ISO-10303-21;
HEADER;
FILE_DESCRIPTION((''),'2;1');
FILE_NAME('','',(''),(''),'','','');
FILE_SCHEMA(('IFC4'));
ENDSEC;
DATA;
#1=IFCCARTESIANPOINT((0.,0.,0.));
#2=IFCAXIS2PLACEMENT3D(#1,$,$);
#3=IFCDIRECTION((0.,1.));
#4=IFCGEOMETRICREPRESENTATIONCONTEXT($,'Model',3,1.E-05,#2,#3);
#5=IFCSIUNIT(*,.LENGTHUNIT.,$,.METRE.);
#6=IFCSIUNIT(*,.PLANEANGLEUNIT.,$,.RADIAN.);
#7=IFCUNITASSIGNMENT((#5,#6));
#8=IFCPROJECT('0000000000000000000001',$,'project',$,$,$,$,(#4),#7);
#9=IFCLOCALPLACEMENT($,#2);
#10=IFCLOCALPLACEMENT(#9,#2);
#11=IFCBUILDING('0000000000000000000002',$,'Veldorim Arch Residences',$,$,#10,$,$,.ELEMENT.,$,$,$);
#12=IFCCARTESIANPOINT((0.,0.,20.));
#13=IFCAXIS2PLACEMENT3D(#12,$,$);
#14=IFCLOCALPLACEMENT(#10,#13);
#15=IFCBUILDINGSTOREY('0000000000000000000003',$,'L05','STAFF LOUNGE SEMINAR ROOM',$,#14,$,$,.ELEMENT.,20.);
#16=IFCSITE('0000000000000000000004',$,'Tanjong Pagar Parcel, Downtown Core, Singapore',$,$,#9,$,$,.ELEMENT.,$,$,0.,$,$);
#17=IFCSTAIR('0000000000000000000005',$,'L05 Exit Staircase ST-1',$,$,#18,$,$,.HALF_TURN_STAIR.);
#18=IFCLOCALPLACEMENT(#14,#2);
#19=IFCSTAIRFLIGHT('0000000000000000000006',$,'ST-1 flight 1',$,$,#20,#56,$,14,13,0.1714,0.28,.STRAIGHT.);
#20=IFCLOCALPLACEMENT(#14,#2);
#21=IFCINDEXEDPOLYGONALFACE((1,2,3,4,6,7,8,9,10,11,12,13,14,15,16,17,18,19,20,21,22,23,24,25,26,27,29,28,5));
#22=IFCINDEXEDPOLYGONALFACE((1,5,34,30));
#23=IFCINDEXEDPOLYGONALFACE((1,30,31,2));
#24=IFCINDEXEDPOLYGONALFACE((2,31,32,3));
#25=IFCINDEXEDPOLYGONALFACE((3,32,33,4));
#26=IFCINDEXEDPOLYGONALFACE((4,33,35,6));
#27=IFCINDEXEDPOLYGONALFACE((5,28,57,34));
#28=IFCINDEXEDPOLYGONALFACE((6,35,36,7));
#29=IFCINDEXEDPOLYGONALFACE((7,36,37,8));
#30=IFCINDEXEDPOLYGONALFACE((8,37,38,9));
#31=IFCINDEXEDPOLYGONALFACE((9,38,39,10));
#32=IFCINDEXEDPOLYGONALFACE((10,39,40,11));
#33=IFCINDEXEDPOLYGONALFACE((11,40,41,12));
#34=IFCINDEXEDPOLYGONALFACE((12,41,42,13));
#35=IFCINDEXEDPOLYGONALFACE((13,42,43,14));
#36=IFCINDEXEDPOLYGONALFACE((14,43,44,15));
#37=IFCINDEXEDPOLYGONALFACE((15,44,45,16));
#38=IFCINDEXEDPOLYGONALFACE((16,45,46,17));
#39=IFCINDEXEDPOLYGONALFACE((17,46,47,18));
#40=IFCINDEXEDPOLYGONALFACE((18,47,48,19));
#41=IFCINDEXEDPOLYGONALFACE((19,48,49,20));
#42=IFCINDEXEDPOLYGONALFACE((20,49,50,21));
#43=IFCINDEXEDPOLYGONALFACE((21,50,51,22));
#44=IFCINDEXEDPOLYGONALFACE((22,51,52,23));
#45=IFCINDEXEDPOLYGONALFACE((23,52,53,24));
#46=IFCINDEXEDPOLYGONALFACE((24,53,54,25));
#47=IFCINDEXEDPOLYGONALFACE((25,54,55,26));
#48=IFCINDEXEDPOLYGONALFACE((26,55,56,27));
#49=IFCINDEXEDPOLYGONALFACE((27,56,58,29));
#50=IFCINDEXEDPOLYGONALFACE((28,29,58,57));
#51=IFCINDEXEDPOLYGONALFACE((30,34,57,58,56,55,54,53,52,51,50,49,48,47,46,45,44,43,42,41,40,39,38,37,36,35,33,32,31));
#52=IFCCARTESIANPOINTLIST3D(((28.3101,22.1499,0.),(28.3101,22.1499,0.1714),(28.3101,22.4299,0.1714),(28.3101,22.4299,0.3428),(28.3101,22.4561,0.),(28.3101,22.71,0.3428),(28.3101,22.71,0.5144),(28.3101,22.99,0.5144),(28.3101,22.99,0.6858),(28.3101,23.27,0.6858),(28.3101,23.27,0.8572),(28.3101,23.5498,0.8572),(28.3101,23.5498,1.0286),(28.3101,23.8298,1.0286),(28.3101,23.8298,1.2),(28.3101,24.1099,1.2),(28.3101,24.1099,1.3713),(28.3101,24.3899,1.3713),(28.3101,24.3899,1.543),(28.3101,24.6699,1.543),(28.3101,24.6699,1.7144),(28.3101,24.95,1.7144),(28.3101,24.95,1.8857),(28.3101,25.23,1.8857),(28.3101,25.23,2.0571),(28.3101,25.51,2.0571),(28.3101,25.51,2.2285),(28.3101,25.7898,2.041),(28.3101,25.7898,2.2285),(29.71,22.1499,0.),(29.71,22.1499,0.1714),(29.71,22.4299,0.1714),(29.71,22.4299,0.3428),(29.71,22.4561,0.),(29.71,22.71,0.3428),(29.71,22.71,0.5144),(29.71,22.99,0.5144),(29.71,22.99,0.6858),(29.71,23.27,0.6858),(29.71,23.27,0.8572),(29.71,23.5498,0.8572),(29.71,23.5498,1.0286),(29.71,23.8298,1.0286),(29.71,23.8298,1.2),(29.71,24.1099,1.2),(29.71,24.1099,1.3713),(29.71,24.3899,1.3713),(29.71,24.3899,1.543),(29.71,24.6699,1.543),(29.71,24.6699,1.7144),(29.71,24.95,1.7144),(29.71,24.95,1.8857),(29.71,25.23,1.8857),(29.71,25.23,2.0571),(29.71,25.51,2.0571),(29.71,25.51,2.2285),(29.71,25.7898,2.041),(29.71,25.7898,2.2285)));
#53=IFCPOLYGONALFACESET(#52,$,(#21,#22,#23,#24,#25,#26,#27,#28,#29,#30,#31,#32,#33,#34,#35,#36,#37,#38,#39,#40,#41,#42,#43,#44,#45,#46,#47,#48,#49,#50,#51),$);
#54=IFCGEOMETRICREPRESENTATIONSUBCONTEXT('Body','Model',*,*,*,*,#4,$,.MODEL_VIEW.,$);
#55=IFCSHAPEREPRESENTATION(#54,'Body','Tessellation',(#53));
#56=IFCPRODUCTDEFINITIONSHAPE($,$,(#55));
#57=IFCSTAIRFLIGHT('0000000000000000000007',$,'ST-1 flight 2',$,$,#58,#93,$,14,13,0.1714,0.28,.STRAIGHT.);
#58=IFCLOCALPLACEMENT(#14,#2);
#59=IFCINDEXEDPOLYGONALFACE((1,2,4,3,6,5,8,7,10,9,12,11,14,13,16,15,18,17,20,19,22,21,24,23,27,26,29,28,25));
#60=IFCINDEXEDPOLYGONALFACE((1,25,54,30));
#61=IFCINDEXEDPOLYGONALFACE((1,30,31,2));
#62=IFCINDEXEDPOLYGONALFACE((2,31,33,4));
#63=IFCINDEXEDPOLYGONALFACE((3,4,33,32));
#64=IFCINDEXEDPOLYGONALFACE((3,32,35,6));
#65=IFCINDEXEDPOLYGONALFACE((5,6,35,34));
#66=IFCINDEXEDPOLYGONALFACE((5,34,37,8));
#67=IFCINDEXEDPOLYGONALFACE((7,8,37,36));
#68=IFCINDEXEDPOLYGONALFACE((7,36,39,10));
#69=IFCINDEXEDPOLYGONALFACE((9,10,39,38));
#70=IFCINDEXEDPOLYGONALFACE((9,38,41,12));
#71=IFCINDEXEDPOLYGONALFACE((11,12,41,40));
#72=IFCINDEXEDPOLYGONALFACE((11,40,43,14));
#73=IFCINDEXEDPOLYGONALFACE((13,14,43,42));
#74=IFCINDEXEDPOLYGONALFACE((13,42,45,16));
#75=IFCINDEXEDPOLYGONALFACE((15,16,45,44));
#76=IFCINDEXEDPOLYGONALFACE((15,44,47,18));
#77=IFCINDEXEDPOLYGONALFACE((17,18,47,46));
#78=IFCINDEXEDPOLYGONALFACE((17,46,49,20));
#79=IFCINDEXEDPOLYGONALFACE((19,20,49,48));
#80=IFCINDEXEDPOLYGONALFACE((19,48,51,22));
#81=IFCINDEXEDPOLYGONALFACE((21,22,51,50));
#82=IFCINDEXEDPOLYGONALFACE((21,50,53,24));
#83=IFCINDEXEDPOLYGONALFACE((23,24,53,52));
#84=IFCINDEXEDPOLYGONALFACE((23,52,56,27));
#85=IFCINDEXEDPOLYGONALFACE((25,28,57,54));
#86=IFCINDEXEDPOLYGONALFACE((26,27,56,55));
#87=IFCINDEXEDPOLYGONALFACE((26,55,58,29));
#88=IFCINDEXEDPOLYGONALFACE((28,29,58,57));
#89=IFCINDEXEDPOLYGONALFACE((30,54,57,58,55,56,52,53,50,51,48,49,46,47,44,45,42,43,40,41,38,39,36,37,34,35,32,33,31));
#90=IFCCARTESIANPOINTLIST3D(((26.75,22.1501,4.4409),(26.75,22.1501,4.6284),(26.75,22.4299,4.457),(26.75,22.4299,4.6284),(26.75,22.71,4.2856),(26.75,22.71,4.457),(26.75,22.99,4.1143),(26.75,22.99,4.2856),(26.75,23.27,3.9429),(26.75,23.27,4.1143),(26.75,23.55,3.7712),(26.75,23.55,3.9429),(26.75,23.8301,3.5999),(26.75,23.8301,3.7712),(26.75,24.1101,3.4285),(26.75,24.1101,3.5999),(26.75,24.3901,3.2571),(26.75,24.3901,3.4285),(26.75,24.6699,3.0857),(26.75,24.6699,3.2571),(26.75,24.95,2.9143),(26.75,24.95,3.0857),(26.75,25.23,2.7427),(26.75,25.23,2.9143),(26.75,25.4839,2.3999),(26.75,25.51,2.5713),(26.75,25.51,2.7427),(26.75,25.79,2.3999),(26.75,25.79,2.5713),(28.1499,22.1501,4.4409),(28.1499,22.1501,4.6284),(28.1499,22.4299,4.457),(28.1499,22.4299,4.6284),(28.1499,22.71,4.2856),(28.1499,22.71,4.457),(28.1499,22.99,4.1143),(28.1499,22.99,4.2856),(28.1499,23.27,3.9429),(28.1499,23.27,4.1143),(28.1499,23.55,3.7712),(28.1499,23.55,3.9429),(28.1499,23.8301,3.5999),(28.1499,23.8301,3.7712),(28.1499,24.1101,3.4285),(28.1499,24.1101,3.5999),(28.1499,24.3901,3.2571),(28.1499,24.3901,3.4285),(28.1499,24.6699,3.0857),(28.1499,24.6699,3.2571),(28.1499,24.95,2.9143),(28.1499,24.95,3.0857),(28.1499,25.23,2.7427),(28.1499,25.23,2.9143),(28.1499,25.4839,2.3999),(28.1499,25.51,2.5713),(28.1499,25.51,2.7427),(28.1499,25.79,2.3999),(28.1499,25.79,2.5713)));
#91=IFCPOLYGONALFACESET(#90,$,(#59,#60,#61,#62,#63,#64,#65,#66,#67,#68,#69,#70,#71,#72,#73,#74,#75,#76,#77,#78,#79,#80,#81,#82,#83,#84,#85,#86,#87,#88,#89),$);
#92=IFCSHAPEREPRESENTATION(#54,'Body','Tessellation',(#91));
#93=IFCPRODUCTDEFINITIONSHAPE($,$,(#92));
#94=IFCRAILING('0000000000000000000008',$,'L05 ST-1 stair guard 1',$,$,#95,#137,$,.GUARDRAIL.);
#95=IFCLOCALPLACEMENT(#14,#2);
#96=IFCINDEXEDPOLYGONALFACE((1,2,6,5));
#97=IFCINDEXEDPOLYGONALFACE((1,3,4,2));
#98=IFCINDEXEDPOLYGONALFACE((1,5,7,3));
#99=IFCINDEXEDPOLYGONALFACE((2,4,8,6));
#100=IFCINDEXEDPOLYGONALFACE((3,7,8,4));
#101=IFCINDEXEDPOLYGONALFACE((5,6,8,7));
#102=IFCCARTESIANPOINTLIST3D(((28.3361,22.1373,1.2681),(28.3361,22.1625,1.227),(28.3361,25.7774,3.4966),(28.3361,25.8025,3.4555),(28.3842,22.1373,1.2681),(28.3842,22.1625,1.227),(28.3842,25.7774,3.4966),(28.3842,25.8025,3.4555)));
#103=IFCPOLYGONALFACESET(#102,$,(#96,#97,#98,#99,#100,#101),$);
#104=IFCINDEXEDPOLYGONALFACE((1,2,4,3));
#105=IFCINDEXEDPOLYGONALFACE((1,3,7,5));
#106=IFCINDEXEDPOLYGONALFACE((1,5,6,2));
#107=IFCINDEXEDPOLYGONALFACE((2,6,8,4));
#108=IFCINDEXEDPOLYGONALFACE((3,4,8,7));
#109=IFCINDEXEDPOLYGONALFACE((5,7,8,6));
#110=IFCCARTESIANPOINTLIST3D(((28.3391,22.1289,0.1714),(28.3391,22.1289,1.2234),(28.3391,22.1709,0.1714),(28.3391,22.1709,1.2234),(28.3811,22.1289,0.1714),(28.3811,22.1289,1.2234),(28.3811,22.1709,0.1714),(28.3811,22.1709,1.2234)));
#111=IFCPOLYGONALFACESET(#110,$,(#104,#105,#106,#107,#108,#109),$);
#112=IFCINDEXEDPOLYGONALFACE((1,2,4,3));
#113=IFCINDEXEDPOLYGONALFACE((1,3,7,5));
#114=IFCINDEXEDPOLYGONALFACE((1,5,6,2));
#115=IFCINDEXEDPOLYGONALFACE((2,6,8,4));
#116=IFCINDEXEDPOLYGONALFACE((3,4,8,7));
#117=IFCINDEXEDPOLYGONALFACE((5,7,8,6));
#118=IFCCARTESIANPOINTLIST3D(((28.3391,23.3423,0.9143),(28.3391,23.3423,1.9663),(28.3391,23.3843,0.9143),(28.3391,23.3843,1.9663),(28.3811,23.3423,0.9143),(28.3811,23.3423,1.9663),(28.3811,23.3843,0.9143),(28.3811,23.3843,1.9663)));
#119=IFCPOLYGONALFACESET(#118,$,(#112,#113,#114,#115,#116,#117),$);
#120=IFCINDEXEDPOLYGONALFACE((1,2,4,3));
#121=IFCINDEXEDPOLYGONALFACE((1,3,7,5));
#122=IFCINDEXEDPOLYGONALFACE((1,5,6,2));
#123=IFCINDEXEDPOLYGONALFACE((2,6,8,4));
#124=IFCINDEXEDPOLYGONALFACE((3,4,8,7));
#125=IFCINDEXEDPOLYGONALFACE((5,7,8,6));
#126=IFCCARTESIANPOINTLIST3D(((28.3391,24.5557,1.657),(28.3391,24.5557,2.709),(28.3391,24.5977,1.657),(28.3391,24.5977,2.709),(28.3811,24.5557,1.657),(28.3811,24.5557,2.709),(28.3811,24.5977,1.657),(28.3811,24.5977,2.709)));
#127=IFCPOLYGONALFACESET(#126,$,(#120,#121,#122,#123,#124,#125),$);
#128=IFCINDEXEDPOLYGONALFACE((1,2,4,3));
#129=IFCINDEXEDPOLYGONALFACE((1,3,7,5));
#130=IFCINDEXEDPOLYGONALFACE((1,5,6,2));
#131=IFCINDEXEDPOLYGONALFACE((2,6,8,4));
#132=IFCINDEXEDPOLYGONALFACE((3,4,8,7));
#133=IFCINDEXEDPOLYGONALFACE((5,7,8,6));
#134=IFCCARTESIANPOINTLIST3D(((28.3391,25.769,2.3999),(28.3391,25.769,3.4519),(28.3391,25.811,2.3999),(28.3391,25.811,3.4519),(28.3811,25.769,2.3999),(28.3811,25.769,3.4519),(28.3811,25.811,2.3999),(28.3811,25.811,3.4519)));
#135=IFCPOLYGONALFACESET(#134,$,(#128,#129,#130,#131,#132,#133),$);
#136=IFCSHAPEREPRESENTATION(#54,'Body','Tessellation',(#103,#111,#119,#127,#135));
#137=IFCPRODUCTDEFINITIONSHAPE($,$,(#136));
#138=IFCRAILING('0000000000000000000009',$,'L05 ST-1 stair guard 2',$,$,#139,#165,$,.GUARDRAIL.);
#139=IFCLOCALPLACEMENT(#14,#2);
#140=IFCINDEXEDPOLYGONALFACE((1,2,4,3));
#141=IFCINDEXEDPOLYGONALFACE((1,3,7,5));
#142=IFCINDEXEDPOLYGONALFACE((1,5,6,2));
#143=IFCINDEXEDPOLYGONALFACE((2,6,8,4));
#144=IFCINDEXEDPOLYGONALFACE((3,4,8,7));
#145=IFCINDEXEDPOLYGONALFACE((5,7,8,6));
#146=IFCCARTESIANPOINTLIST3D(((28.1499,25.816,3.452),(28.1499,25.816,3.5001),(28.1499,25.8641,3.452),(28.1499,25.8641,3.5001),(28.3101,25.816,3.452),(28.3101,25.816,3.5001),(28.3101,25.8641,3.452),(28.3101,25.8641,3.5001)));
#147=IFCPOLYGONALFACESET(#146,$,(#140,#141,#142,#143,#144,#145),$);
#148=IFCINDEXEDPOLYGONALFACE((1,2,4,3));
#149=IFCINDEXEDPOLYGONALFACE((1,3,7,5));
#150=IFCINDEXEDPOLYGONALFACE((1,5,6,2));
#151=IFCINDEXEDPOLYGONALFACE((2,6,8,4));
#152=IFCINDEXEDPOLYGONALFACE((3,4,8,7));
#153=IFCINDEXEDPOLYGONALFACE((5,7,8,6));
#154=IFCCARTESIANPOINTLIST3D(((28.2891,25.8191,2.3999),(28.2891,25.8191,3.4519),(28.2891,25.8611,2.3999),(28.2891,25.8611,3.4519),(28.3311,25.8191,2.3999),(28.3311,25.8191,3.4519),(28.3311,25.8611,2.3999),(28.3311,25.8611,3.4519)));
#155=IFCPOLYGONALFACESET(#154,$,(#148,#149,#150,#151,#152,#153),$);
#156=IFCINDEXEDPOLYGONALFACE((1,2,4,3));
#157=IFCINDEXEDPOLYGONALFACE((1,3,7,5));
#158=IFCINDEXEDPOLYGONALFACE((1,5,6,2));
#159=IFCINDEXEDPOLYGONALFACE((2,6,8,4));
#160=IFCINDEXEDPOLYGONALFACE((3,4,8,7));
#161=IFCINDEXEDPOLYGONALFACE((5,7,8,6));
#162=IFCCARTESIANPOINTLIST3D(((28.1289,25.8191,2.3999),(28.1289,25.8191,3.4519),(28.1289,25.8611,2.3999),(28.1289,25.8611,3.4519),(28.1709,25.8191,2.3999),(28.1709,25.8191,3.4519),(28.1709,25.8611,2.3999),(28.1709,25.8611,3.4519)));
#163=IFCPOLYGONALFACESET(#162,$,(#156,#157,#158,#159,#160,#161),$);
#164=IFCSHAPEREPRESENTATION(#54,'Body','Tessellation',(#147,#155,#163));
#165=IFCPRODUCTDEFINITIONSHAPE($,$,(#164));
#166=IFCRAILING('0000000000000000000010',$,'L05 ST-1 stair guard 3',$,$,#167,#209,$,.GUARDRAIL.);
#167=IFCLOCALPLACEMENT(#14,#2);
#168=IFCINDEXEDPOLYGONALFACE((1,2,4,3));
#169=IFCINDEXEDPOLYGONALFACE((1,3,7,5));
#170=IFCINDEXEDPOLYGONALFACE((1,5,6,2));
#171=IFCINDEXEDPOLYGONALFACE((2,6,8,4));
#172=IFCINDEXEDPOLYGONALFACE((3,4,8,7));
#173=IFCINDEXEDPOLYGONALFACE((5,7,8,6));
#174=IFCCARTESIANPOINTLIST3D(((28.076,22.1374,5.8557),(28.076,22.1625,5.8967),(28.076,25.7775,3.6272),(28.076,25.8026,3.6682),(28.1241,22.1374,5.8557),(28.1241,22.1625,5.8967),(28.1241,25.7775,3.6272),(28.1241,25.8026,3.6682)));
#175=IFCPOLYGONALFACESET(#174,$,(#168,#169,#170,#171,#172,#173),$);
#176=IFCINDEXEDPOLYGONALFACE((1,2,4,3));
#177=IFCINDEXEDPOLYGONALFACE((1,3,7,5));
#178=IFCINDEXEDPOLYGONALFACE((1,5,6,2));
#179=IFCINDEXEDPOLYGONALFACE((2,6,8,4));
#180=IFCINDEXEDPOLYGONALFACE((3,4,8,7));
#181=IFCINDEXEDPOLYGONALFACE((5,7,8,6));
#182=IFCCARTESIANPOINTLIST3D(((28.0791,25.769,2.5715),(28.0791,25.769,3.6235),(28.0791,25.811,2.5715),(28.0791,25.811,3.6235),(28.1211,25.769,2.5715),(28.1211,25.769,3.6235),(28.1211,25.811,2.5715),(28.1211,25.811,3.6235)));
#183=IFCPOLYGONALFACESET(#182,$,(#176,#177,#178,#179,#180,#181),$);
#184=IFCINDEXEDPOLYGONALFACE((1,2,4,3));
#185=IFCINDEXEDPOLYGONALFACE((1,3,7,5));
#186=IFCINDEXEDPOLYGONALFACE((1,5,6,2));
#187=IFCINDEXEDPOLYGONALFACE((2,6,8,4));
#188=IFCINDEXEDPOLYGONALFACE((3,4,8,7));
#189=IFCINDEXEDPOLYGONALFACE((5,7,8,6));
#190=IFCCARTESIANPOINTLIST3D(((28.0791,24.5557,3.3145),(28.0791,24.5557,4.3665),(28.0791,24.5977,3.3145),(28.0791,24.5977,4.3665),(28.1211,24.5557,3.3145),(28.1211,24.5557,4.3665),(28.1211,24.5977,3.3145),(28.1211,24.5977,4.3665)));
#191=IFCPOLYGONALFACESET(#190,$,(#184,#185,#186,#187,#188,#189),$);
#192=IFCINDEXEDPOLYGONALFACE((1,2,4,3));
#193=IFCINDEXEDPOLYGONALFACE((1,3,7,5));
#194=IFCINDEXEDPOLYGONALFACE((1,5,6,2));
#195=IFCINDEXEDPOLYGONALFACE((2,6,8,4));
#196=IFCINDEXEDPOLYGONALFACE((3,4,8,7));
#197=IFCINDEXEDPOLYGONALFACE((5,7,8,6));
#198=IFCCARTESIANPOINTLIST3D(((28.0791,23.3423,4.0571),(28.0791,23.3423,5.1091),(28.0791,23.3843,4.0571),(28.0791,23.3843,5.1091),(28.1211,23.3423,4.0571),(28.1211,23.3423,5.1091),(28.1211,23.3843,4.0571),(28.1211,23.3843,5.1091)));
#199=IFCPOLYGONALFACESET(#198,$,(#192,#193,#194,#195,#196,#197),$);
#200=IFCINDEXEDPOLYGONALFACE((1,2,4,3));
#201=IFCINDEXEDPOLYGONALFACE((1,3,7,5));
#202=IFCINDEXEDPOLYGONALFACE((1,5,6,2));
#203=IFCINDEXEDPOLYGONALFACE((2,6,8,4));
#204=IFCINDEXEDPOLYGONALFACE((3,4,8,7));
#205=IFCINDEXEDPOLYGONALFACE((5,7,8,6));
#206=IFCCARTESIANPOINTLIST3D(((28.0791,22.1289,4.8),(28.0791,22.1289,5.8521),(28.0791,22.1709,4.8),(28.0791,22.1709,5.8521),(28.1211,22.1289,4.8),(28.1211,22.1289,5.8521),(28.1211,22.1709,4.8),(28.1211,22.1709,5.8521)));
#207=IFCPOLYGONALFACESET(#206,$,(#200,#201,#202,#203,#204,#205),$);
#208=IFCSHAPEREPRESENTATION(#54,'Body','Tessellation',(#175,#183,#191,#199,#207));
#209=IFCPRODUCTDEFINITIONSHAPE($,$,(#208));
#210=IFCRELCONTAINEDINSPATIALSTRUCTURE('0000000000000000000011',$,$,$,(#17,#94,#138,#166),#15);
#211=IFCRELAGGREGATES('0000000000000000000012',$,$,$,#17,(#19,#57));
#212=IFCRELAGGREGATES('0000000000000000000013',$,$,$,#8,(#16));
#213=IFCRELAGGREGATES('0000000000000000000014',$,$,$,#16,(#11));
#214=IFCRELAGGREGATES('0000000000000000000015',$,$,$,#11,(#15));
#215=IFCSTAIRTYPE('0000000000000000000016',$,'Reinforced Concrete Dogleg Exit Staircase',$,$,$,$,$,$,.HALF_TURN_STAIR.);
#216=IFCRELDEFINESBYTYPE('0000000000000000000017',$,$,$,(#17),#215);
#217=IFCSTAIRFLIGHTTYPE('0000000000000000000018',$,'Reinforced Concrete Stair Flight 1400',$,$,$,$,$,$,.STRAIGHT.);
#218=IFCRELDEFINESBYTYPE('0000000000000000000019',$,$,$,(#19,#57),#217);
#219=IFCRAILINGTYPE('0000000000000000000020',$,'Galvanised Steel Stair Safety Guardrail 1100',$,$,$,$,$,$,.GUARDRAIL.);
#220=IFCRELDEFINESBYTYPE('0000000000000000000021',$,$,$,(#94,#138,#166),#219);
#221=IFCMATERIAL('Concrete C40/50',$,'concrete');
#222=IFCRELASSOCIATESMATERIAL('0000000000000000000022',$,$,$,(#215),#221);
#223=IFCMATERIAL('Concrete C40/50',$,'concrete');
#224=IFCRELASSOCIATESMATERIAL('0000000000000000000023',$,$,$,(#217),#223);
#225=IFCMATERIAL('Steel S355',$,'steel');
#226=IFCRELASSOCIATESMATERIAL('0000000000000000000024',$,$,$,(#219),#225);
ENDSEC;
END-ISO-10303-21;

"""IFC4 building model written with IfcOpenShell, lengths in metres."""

from ifc_helpers import new_model, si_unit, direction, frame, origin, origin_2d, place, context, subcontext, project, spatial, polyline, rectangle, outline, extrude, material, type_object, element, aggregate, save


model = new_model("IFC4")

# Units and contexts
model_context = context("Model", 3, precision=1e-05, world=origin(), true_north=direction((0.0, 1.0)))
body_context = subcontext(model_context, "Body", "Model", "MODEL_VIEW")
ifc_project = project(units=[si_unit("LENGTHUNIT", "METRE"), si_unit("PLANEANGLEUNIT", "RADIAN")], contexts=[model_context])

# Site, building, storey
site_placement = place(None, origin())
site = spatial("IfcSite", under=ifc_project, at=site_placement, Name="Tanjong Pagar Parcel, Downtown Core, Singapore", CompositionType="ELEMENT", RefElevation=0.0)
building_placement = place(site_placement, origin())
building = spatial("IfcBuilding", under=site, at=building_placement, Name="Veldorim Arch Residences", CompositionType="ELEMENT")
storey_placement = place(building_placement, frame((0.0, 0.0, 20.0)))
storey = spatial("IfcBuildingStorey", under=building, at=storey_placement, Name="L05", Description="STAFF LOUNGE SEMINAR ROOM", CompositionType="ELEMENT", Elevation=20.0)

# Stair, stair flights
ifc_material_1 = material(Name="Concrete C40/50", Category="concrete")
stair_type = type_object("IfcStairType", Name="Reinforced Concrete Dogleg Exit Staircase", PredefinedType="HALF_TURN_STAIR", material=ifc_material_1)
stair_placement = place(storey_placement, origin())
stair = element("IfcStair", 1, at=stair_placement, inside=storey, type_object=stair_type, Name="L05 Exit Staircase ST-1", PredefinedType="HALF_TURN_STAIR")
ifc_material_2 = material(Name="Concrete C40/50", Category="concrete")
stair_flight_type = type_object("IfcStairFlightType", Name="Reinforced Concrete Stair Flight 1400", PredefinedType="STRAIGHT", material=ifc_material_2)
stair_flight_1_placement = place(storey_placement, frame((29.01, 22.1499, 0.0), z_axis=(0.0, 0.0, 1.0), x_axis=(0.0, 1.0, 0.0)))
stair_flight_1 = element("IfcStairFlight", 2, at=stair_flight_1_placement, type_object=stair_flight_type, Name="ST-1 flight 1", NumberOfRisers=14, NumberOfTreads=13, PredefinedType="STRAIGHT", RiserHeight=0.1714, TreadLength=0.28, context=body_context, shape_type="SweptSolid", body=[
    extrude(outline(polyline([(0.0, 0.0), (0.0, 0.1714), (0.28, 0.1714), (0.28, 0.3428), (0.5601, 0.3428), (0.5601, 0.5144), (0.8401, 0.5144), (0.8401, 0.6858), (1.1201, 0.6858), (1.1201, 0.8572), (1.3999, 0.8572), (1.3999, 1.0286), (1.6799, 1.0286), (1.6799, 1.2), (1.96, 1.2), (1.96, 1.3713), (2.24, 1.3713), (2.24, 1.543), (2.52, 1.543), (2.52, 1.7144), (2.8, 1.7144), (2.8, 1.8857), (3.0801, 1.8857), (3.0801, 2.0571), (3.3601, 2.0571), (3.3601, 2.2285), (3.6399, 2.2285), (3.6399, 2.3999), (3.6399, 2.041), (0.3062, 0.0), (0.0, 0.0)])), frame((0.0, 0.7, 0.0), z_axis=(0.0, -1.0, 0.0), x_axis=(1.0, 0.0, 0.0)), (0.0, 0.0, 1.0), 1.3999),
])
stair_flight_2_placement = place(storey_placement, frame((27.45, 25.79, 2.3999), z_axis=(0.0, 0.0, 1.0), x_axis=(0.0, -1.0, 0.0)))
stair_flight_2 = element("IfcStairFlight", 3, at=stair_flight_2_placement, type_object=stair_flight_type, Name="ST-1 flight 2", NumberOfRisers=14, NumberOfTreads=13, PredefinedType="STRAIGHT", RiserHeight=0.1714, TreadLength=0.28, context=body_context, shape_type="SweptSolid", body=[
    extrude(outline(polyline([(0.0, 0.0), (0.0, 0.1714), (0.28, 0.1714), (0.28, 0.3428), (0.5601, 0.3428), (0.5601, 0.5144), (0.8401, 0.5144), (0.8401, 0.6858), (1.1201, 0.6858), (1.1201, 0.8572), (1.3999, 0.8572), (1.3999, 1.0286), (1.6799, 1.0286), (1.6799, 1.2), (1.96, 1.2), (1.96, 1.3713), (2.24, 1.3713), (2.24, 1.543), (2.52, 1.543), (2.52, 1.7144), (2.8, 1.7144), (2.8, 1.8857), (3.0801, 1.8857), (3.0801, 2.0571), (3.3601, 2.0571), (3.3601, 2.2285), (3.6399, 2.2285), (3.6399, 2.3999), (3.6399, 2.041), (0.3062, 0.0), (0.0, 0.0)])), frame((0.0, 0.7, 0.0), z_axis=(0.0, -1.0, 0.0), x_axis=(1.0, 0.0, 0.0)), (0.0, 0.0, 1.0), 1.3999),
])
aggregate(stair, [stair_flight_1, stair_flight_2])

# Railings
ifc_material_3 = material(Name="Steel S355", Category="steel")
railing_type_1 = type_object("IfcRailingType", Name="Galvanised Steel Stair Safety Guardrail 1100", PredefinedType="GUARDRAIL", material=ifc_material_3)
railing_1_placement = place(storey_placement, frame((28.3601, 22.1499, 0.1714)))
element("IfcRailing", 4, at=railing_1_placement, inside=storey, type_object=railing_type_1, Name="L05 ST-1 stair guard 1", PredefinedType="GUARDRAIL", context=body_context, shape_type="SweptSolid", body=[
    extrude(rectangle(XDim=0.0481, YDim=0.0481, at=origin_2d()), frame((0.0, 0.0, 1.0762), z_axis=(0.0, 0.852866, 0.52213), x_axis=(-1.0, 0.0, 0.0)), (0.0, 0.0, 1.0), 4.2681),
    extrude(rectangle(XDim=0.042, YDim=0.042, at=origin_2d()), origin(), (0.0, 0.0, 1.0), 1.052),
    extrude(rectangle(XDim=0.042, YDim=0.042, at=origin_2d()), frame((0.0, 1.2134, 0.7429)), (0.0, 0.0, 1.0), 1.052),
    extrude(rectangle(XDim=0.042, YDim=0.042, at=origin_2d()), frame((0.0, 2.4268, 1.4856)), (0.0, 0.0, 1.0), 1.052),
    extrude(rectangle(XDim=0.042, YDim=0.042, at=origin_2d()), frame((0.0, 3.6401, 2.2285)), (0.0, 0.0, 1.0), 1.052),
])
railing_2_placement = place(storey_placement, frame((28.3101, 25.8401, 2.3999)))
element("IfcRailing", 5, at=railing_2_placement, inside=storey, type_object=railing_type_1, Name="L05 ST-1 stair guard 2", PredefinedType="GUARDRAIL", context=body_context, shape_type="SweptSolid", body=[
    extrude(rectangle(XDim=0.0481, YDim=0.0481, at=origin_2d()), frame((0.0, 0.0, 1.0762), z_axis=(-1.0, 0.0, 0.0), x_axis=(0.0, -1.0, 0.0)), (0.0, 0.0, 1.0), 0.1602),
    extrude(rectangle(XDim=0.042, YDim=0.042, at=origin_2d()), origin(), (0.0, 0.0, 1.0), 1.052),
    extrude(rectangle(XDim=0.042, YDim=0.042, at=origin_2d()), frame((-0.1602, 0.0, 0.0)), (0.0, 0.0, 1.0), 1.052),
])
railing_3_placement = place(storey_placement, frame((28.1001, 25.79, 2.5715)))
element("IfcRailing", 6, at=railing_3_placement, inside=storey, type_object=railing_type_1, Name="L05 ST-1 stair guard 3", PredefinedType="GUARDRAIL", context=body_context, shape_type="SweptSolid", body=[
    extrude(rectangle(XDim=0.0481, YDim=0.0481, at=origin_2d()), frame((0.0, 0.0, 1.0762), z_axis=(0.0, -0.852866, 0.52213), x_axis=(1.0, 0.0, 0.0)), (0.0, 0.0, 1.0), 4.2681),
    extrude(rectangle(XDim=0.042, YDim=0.042, at=origin_2d()), origin(), (0.0, 0.0, 1.0), 1.052),
    extrude(rectangle(XDim=0.042, YDim=0.042, at=origin_2d()), frame((0.0, -1.2134, 0.7429)), (0.0, 0.0, 1.0), 1.052),
    extrude(rectangle(XDim=0.042, YDim=0.042, at=origin_2d()), frame((0.0, -2.4268, 1.4856)), (0.0, 0.0, 1.0), 1.052),
    extrude(rectangle(XDim=0.042, YDim=0.042, at=origin_2d()), frame((0.0, -3.6401, 2.2285)), (0.0, 0.0, 1.0), 1.052),
])

save(model, "model.ifc")
